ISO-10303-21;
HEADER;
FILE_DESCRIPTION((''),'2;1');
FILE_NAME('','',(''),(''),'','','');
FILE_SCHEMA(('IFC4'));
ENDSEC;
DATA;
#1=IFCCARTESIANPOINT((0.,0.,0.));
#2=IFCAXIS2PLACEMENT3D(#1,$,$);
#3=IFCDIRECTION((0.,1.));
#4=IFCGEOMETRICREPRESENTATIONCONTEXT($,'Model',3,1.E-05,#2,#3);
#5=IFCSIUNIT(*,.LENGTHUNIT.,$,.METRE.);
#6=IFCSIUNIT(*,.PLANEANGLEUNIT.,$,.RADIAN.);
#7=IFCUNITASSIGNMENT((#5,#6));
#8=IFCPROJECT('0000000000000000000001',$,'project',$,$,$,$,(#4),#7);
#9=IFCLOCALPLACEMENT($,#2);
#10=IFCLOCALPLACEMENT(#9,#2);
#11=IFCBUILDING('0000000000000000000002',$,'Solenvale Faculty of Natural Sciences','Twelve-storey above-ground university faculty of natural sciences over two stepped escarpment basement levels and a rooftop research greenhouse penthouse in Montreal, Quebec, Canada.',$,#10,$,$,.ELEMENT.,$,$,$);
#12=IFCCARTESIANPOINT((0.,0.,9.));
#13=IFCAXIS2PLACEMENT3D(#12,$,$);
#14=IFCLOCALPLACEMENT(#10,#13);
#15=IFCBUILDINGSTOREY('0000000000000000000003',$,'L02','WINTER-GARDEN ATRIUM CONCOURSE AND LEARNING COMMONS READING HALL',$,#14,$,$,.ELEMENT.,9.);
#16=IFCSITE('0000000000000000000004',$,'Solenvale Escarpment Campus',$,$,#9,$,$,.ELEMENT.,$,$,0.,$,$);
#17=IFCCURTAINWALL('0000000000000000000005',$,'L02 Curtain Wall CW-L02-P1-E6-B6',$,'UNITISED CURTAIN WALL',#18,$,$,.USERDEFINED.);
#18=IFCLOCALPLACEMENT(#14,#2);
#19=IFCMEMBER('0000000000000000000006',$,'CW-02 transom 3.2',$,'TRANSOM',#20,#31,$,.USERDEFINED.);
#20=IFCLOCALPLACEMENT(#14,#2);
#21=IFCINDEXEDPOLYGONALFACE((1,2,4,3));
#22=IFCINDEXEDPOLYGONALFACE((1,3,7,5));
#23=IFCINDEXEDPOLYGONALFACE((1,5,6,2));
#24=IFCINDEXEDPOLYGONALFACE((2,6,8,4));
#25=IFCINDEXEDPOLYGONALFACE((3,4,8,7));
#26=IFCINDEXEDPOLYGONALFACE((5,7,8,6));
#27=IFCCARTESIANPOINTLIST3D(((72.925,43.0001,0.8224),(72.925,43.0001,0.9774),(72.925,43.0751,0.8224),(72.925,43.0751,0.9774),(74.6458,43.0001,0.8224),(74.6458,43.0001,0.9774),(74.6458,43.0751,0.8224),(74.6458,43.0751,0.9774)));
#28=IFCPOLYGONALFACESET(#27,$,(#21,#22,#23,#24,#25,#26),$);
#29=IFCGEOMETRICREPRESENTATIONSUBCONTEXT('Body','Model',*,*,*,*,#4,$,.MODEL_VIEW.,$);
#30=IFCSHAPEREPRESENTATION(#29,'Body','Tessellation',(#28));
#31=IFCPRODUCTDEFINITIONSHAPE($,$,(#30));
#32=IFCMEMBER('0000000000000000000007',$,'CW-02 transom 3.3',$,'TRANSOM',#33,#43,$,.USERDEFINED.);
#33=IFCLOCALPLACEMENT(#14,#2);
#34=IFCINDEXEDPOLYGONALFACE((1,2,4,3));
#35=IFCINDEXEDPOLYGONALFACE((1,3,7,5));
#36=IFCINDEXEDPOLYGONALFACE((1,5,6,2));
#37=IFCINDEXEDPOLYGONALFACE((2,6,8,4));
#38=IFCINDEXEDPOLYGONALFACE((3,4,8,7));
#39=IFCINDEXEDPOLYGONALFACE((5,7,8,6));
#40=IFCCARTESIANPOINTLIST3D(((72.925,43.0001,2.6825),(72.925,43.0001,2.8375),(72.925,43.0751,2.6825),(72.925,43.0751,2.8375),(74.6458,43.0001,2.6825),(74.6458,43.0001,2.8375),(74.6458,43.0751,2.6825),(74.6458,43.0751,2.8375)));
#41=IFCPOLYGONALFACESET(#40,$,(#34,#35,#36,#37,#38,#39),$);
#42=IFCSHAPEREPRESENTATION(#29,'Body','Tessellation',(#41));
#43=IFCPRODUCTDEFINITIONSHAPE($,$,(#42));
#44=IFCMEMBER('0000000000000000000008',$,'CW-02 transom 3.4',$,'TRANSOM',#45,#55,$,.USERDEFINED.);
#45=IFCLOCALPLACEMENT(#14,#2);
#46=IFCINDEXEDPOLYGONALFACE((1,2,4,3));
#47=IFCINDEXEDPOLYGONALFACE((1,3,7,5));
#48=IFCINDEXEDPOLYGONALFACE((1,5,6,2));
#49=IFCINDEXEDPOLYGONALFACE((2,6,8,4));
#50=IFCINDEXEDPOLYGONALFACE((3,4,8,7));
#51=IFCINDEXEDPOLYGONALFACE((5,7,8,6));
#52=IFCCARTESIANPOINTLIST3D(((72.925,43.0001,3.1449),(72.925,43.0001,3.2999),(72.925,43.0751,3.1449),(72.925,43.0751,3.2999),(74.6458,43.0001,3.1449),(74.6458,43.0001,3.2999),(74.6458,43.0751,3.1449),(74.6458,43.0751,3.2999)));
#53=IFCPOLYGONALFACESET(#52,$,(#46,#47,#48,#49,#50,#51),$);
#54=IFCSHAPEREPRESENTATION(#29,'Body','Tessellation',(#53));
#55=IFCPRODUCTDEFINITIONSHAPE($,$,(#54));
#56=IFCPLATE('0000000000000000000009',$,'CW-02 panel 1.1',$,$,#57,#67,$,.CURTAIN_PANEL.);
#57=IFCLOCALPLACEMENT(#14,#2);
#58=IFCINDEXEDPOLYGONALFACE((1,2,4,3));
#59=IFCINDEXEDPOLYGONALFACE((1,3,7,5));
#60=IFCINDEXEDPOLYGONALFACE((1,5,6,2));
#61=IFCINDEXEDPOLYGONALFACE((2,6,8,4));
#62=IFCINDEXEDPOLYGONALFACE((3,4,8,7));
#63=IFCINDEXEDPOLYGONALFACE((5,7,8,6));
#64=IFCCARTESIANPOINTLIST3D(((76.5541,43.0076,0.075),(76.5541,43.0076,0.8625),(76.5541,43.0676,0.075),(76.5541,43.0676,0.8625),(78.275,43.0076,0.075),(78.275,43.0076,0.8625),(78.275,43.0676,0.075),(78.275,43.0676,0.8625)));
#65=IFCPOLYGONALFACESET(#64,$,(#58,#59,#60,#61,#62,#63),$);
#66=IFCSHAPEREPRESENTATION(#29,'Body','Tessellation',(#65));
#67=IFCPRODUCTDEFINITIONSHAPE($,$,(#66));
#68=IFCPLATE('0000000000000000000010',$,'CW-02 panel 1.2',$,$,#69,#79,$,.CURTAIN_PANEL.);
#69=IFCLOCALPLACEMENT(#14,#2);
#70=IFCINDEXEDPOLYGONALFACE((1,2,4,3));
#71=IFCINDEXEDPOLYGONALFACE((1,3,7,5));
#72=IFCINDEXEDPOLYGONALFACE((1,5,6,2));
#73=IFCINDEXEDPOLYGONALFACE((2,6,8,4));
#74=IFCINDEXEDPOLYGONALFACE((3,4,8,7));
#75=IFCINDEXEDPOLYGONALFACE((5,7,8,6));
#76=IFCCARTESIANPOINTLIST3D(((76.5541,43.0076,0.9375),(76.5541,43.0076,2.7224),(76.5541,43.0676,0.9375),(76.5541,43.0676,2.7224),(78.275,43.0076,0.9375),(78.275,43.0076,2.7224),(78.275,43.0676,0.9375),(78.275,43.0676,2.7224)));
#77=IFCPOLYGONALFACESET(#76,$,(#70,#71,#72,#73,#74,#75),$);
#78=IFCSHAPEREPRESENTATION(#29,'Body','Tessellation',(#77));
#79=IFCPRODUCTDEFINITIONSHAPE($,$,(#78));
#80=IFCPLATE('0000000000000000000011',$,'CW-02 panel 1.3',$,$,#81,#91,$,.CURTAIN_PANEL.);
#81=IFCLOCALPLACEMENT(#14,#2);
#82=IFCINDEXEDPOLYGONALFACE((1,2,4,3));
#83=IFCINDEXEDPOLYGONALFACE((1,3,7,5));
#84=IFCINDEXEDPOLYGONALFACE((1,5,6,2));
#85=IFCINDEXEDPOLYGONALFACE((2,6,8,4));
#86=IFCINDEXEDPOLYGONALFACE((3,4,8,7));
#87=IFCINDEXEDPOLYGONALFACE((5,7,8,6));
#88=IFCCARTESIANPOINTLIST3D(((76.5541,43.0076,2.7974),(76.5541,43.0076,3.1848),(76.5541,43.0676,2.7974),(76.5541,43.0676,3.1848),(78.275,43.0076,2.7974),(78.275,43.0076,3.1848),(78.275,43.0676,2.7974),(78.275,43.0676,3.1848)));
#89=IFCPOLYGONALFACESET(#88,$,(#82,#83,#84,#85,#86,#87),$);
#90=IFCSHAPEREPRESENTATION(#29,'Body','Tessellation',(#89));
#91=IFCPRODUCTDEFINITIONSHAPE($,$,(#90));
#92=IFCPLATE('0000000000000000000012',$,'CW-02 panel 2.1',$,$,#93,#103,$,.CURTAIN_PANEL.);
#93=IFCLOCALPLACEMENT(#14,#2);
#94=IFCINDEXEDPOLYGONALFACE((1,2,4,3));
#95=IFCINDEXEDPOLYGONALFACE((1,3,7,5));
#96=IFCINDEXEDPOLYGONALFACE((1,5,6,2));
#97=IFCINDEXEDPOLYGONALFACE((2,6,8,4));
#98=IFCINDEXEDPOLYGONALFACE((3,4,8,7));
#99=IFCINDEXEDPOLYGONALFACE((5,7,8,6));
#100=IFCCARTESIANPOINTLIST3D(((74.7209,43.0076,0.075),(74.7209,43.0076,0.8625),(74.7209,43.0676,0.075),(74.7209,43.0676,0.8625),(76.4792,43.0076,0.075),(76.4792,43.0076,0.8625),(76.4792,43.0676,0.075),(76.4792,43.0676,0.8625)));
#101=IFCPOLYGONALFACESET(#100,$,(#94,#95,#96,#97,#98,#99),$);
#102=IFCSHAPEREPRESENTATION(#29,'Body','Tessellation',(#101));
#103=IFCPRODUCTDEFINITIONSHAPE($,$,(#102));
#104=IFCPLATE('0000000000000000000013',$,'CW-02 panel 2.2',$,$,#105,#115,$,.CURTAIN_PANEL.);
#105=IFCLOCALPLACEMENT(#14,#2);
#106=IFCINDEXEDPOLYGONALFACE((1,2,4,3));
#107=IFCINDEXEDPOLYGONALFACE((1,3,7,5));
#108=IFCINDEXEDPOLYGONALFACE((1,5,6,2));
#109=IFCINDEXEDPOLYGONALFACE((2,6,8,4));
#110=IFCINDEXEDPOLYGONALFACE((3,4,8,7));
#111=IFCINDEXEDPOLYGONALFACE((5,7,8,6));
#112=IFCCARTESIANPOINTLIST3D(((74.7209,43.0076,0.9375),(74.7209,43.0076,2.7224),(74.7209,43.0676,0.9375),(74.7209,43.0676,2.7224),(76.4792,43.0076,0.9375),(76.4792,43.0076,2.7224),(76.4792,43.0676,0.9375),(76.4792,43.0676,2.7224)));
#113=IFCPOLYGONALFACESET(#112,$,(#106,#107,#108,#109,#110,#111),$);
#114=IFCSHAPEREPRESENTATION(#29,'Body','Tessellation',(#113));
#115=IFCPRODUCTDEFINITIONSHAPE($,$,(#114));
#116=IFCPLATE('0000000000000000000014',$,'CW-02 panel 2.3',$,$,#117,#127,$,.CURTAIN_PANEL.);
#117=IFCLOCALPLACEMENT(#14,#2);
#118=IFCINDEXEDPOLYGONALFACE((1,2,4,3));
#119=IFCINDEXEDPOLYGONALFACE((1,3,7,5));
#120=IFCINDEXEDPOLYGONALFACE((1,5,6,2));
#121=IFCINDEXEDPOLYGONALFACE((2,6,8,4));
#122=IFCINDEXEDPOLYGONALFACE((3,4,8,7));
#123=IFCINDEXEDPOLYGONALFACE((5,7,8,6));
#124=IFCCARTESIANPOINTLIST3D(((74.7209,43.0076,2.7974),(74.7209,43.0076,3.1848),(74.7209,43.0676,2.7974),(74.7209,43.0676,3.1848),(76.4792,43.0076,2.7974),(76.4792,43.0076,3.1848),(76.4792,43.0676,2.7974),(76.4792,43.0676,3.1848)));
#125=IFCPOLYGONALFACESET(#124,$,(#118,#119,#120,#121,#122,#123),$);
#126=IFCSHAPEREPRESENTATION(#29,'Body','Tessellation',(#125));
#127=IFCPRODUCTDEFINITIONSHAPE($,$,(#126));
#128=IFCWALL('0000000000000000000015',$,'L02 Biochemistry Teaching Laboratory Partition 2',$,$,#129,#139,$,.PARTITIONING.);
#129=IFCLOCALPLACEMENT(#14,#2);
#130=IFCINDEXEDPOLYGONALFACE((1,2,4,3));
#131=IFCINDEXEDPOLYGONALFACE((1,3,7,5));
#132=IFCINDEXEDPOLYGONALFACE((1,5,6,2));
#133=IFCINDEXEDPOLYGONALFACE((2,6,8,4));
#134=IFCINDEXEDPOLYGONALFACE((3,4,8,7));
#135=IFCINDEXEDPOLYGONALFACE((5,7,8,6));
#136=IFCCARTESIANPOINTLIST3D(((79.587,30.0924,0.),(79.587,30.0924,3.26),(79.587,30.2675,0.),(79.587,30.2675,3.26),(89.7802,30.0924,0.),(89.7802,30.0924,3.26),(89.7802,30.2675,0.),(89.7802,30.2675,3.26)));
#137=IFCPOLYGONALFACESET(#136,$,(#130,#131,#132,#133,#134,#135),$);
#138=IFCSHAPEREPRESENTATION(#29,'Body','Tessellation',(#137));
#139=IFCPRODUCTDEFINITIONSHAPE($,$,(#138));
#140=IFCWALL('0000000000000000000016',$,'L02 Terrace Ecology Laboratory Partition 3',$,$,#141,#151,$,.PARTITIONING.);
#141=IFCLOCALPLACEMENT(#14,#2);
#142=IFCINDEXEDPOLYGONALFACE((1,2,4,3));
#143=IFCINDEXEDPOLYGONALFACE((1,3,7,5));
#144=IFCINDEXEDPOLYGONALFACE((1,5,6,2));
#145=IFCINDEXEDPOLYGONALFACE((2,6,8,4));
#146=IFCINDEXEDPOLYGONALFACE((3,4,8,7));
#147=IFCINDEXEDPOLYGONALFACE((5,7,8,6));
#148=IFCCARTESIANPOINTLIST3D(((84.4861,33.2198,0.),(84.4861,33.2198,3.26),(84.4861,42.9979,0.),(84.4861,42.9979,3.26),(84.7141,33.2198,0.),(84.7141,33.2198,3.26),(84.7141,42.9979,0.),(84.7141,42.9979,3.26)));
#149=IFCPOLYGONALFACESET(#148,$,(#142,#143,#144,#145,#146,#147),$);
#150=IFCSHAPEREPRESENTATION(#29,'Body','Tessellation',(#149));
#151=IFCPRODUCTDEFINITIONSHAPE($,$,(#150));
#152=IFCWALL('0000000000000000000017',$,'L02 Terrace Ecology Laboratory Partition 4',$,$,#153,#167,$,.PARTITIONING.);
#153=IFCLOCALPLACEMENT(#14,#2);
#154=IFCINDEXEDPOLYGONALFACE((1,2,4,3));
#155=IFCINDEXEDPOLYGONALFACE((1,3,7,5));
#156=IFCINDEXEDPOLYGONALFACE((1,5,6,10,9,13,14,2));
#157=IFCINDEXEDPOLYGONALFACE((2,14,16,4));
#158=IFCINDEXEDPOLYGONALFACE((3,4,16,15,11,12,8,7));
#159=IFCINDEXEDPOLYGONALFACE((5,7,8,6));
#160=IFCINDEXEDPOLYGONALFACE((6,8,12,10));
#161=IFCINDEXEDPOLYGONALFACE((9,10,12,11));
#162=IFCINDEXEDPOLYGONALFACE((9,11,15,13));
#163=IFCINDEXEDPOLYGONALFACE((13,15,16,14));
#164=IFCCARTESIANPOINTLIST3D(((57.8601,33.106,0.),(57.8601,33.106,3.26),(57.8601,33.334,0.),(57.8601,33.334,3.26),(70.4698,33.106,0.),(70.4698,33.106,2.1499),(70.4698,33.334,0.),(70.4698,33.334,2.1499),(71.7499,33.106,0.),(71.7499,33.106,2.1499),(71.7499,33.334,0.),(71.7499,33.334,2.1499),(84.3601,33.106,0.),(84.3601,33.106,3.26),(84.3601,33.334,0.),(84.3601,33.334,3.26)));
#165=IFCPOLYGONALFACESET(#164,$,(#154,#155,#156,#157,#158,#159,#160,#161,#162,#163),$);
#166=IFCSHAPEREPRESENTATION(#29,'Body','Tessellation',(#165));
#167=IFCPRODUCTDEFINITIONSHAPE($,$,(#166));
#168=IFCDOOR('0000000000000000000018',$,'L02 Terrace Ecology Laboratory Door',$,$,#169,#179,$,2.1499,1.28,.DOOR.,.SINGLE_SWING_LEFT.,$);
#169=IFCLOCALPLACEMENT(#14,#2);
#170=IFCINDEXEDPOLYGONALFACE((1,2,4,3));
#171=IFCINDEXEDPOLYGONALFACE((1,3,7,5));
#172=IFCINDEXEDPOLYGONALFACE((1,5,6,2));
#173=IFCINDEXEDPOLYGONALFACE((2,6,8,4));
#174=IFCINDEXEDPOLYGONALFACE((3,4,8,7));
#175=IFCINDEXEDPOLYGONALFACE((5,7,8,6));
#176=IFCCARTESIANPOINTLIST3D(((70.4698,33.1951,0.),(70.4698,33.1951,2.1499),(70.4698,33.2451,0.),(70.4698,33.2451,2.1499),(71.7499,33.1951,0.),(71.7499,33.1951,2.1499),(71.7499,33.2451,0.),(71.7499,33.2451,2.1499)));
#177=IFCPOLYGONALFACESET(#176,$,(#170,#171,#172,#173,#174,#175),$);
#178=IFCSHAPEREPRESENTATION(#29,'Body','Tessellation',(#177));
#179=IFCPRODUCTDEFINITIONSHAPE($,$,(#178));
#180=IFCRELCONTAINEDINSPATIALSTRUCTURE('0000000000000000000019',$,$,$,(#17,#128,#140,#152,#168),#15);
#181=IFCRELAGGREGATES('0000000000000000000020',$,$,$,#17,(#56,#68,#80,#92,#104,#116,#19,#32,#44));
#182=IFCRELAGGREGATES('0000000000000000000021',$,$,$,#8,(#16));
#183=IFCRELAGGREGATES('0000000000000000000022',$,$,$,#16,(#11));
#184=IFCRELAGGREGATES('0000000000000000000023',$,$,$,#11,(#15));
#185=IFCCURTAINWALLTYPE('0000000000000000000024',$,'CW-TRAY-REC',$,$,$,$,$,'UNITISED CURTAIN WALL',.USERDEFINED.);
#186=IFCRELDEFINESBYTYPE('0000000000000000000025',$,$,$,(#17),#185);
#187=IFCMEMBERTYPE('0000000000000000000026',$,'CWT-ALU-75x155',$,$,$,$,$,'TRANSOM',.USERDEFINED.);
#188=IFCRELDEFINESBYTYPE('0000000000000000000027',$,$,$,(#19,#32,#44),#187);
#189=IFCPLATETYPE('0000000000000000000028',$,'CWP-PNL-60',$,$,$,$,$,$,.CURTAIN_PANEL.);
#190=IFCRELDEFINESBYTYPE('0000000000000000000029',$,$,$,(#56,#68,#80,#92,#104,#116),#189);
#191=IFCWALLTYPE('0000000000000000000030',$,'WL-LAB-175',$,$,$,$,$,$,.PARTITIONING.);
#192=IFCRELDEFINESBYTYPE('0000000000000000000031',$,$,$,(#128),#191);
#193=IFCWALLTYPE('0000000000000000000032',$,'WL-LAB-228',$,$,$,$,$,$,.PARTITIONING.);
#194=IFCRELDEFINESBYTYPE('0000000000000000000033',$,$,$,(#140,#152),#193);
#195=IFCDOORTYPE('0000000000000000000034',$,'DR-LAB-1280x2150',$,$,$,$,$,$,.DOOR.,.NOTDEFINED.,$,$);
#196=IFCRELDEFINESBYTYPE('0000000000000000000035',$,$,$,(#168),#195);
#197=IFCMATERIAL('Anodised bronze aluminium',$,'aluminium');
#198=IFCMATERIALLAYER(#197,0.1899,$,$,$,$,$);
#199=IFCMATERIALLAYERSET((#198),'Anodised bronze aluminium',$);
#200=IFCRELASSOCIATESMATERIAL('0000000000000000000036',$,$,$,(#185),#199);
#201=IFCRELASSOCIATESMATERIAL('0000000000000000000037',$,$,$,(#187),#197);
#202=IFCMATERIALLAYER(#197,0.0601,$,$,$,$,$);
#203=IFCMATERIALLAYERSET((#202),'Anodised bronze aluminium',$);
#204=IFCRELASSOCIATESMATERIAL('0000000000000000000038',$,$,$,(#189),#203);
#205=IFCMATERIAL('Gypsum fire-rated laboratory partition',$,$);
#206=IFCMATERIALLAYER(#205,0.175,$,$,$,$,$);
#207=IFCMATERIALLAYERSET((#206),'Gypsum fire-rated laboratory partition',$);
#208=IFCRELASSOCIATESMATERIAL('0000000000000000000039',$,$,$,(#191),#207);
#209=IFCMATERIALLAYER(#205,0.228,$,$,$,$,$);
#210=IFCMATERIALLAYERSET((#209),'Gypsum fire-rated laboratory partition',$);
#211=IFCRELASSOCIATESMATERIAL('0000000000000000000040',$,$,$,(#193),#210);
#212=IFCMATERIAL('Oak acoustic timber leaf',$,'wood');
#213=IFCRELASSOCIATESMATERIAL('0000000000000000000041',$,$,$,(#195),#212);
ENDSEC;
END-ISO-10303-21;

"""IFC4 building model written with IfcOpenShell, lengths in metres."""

from ifc_helpers import new_model, si_unit, direction, frame, frame_2d, origin, origin_2d, place, context, subcontext, project, spatial, rectangle, extrude, material, layer, layer_set, material_profile, profile_set, type_object, element, fill, aggregate, save


model = new_model("IFC4")

# Units and contexts
model_context = context("Model", 3, precision=1e-05, world=origin(), true_north=direction((0.0, 1.0)))
body_context = subcontext(model_context, "Body", "Model", "MODEL_VIEW")
ifc_project = project(units=[si_unit("LENGTHUNIT", "METRE"), si_unit("PLANEANGLEUNIT", "RADIAN")], contexts=[model_context])

# Site, building, storey
site_placement = place(None, origin())
site = spatial("IfcSite", under=ifc_project, at=site_placement, Name="Solenvale Escarpment Campus", CompositionType="ELEMENT", RefElevation=0.0)
building_placement = place(site_placement, origin())
building = spatial("IfcBuilding", under=site, at=building_placement, Name="Solenvale Faculty of Natural Sciences", Description="Twelve-storey above-ground university faculty of natural sciences over two stepped escarpment basement levels and a rooftop research greenhouse penthouse in Montreal, Quebec, Canada.", CompositionType="ELEMENT")
storey_placement = place(building_placement, frame((0.0, 0.0, 9.0)))
storey = spatial("IfcBuildingStorey", under=building, at=storey_placement, Name="L02", Description="WINTER-GARDEN ATRIUM CONCOURSE AND LEARNING COMMONS READING HALL", CompositionType="ELEMENT", Elevation=9.0)

# Curtain wall, members, plates
ifc_material_1 = material(Name="Anodised bronze aluminium", Category="aluminium")
ifc_layer_1 = layer(ifc_material_1, 0.1899)
ifc_layer_set_1 = layer_set([ifc_layer_1], Name="Anodised bronze aluminium")
curtain_wall_type = type_object("IfcCurtainWallType", Name="CW-TRAY-REC", ElementType="UNITISED CURTAIN WALL", PredefinedType="USERDEFINED", material=ifc_layer_set_1)
curtain_wall_placement = place(storey_placement, origin())
curtain_wall = element("IfcCurtainWall", 1, at=curtain_wall_placement, inside=storey, type_object=curtain_wall_type, Name="L02 Curtain Wall CW-L02-P1-E6-B6", ObjectType="UNITISED CURTAIN WALL", PredefinedType="USERDEFINED")
ifc_material_profile_1 = material_profile(ifc_material_1, rectangle(XDim=0.075, YDim=0.155, at=origin_2d()), Name="ALU-TRN-75x155")
ifc_profile_set_1 = profile_set([ifc_material_profile_1], Name="Anodised bronze aluminium")
member_type_1 = type_object("IfcMemberType", Name="CWT-ALU-75x155", ElementType="TRANSOM", PredefinedType="USERDEFINED", material=ifc_profile_set_1)
member_1_placement = place(storey_placement, frame((74.6458, 43.0376, 0.8999), z_axis=(-1.0, 0.0, 0.0), x_axis=(0.0, -1.0, 0.0)))
member_1 = element("IfcMember", 2, at=member_1_placement, type_object=member_type_1, Name="CW-02 transom 3.2", ObjectType="TRANSOM", PredefinedType="USERDEFINED", context=body_context, shape_type="SweptSolid", body=[
    extrude(rectangle(XDim=0.075, YDim=0.155, at=origin_2d()), origin(), (0.0, 0.0, 1.0), 1.7207),
])
member_2_placement = place(storey_placement, frame((74.6458, 43.0376, 2.76), z_axis=(-1.0, 0.0, 0.0), x_axis=(0.0, -1.0, 0.0)))
member_2 = element("IfcMember", 3, at=member_2_placement, type_object=member_type_1, Name="CW-02 transom 3.3", ObjectType="TRANSOM", PredefinedType="USERDEFINED", context=body_context, shape_type="SweptSolid", body=[
    extrude(rectangle(XDim=0.075, YDim=0.155, at=origin_2d()), origin(), (0.0, 0.0, 1.0), 1.7207),
])
member_3_placement = place(storey_placement, frame((74.6458, 43.0376, 3.2224), z_axis=(-1.0, 0.0, 0.0), x_axis=(0.0, -1.0, 0.0)))
member_3 = element("IfcMember", 4, at=member_3_placement, type_object=member_type_1, Name="CW-02 transom 3.4", ObjectType="TRANSOM", PredefinedType="USERDEFINED", context=body_context, shape_type="SweptSolid", body=[
    extrude(rectangle(XDim=0.075, YDim=0.155, at=origin_2d()), origin(), (0.0, 0.0, 1.0), 1.7207),
])
ifc_layer_2 = layer(ifc_material_1, 0.0601)
ifc_layer_set_2 = layer_set([ifc_layer_2], Name="Anodised bronze aluminium")
plate_type = type_object("IfcPlateType", Name="CWP-PNL-60", PredefinedType="CURTAIN_PANEL", material=ifc_layer_set_2)
plate_1_placement = place(storey_placement, frame((77.4146, 43.0376, 0.075), z_axis=(0.0, 0.0, 1.0), x_axis=(-1.0, 0.0, 0.0)))
plate_1 = element("IfcPlate", 5, at=plate_1_placement, type_object=plate_type, Name="CW-02 panel 1.1", PredefinedType="CURTAIN_PANEL", context=body_context, shape_type="SweptSolid", body=[
    extrude(rectangle(XDim=1.7209, YDim=0.0601, at=origin_2d()), origin(), (0.0, 0.0, 1.0), 0.7876),
])
plate_2_placement = place(storey_placement, frame((77.4146, 43.0376, 0.9375), z_axis=(0.0, 0.0, 1.0), x_axis=(-1.0, 0.0, 0.0)))
plate_2 = element("IfcPlate", 6, at=plate_2_placement, type_object=plate_type, Name="CW-02 panel 1.2", PredefinedType="CURTAIN_PANEL", context=body_context, shape_type="SweptSolid", body=[
    extrude(rectangle(XDim=1.7209, YDim=0.0601, at=origin_2d()), origin(), (0.0, 0.0, 1.0), 1.7849),
])
plate_3_placement = place(storey_placement, frame((77.4146, 43.0376, 2.7974), z_axis=(0.0, 0.0, 1.0), x_axis=(-1.0, 0.0, 0.0)))
plate_3 = element("IfcPlate", 7, at=plate_3_placement, type_object=plate_type, Name="CW-02 panel 1.3", PredefinedType="CURTAIN_PANEL", context=body_context, shape_type="SweptSolid", body=[
    extrude(rectangle(XDim=1.7209, YDim=0.0601, at=origin_2d()), origin(), (0.0, 0.0, 1.0), 0.3875),
])
plate_4_placement = place(storey_placement, frame((75.6001, 43.0376, 0.075), z_axis=(0.0, 0.0, 1.0), x_axis=(-1.0, 0.0, 0.0)))
plate_4 = element("IfcPlate", 8, at=plate_4_placement, type_object=plate_type, Name="CW-02 panel 2.1", PredefinedType="CURTAIN_PANEL", context=body_context, shape_type="SweptSolid", body=[
    extrude(rectangle(XDim=1.7583, YDim=0.0601, at=origin_2d()), origin(), (0.0, 0.0, 1.0), 0.7876),
])
plate_5_placement = place(storey_placement, frame((75.6001, 43.0376, 0.9375), z_axis=(0.0, 0.0, 1.0), x_axis=(-1.0, 0.0, 0.0)))
plate_5 = element("IfcPlate", 9, at=plate_5_placement, type_object=plate_type, Name="CW-02 panel 2.2", PredefinedType="CURTAIN_PANEL", context=body_context, shape_type="SweptSolid", body=[
    extrude(rectangle(XDim=1.7583, YDim=0.0601, at=origin_2d()), origin(), (0.0, 0.0, 1.0), 1.7849),
])
plate_6_placement = place(storey_placement, frame((75.6001, 43.0376, 2.7974), z_axis=(0.0, 0.0, 1.0), x_axis=(-1.0, 0.0, 0.0)))
plate_6 = element("IfcPlate", 10, at=plate_6_placement, type_object=plate_type, Name="CW-02 panel 2.3", PredefinedType="CURTAIN_PANEL", context=body_context, shape_type="SweptSolid", body=[
    extrude(rectangle(XDim=1.7583, YDim=0.0601, at=origin_2d()), origin(), (0.0, 0.0, 1.0), 0.3875),
])
aggregate(curtain_wall, [plate_1, plate_2, plate_3, plate_4, plate_5, plate_6, member_1, member_2, member_3])

# Walls
ifc_material_2 = material(Name="Gypsum fire-rated laboratory partition")
ifc_layer_3 = layer(ifc_material_2, 0.175)
ifc_layer_set_3 = layer_set([ifc_layer_3], Name="Gypsum fire-rated laboratory partition")
wall_type_1 = type_object("IfcWallType", Name="WL-LAB-175", PredefinedType="PARTITIONING", material=ifc_layer_set_3)
wall_1_placement = place(storey_placement, frame((79.5869, 30.1799, 0.0), z_axis=(0.0, 0.0, 1.0), x_axis=(1.0, 0.0, 0.0)))
element("IfcWall", 11, at=wall_1_placement, inside=storey, type_object=wall_type_1, Name="L02 Biochemistry Teaching Laboratory Partition 2", PredefinedType="PARTITIONING", context=body_context, shape_type="SweptSolid", body=[
    extrude(rectangle(XDim=10.1931, YDim=0.175, at=frame_2d((5.0967, 0.0))), origin(), (0.0, 0.0, 1.0), 3.26),
])
ifc_layer_4 = layer(ifc_material_2, 0.228)
ifc_layer_set_4 = layer_set([ifc_layer_4], Name="Gypsum fire-rated laboratory partition")
wall_type_2 = type_object("IfcWallType", Name="WL-LAB-228", PredefinedType="PARTITIONING", material=ifc_layer_set_4)
wall_2_placement = place(storey_placement, frame((84.6001, 42.998, 0.0), z_axis=(0.0, 0.0, 1.0), x_axis=(0.0, -1.0, 0.0)))
element("IfcWall", 12, at=wall_2_placement, inside=storey, type_object=wall_type_2, Name="L02 Terrace Ecology Laboratory Partition 3", PredefinedType="PARTITIONING", context=body_context, shape_type="SweptSolid", body=[
    extrude(rectangle(XDim=9.7781, YDim=0.228, at=frame_2d((4.8892, 0.0))), origin(), (0.0, 0.0, 1.0), 3.26),
])

# Wall, opening, door
wall_3_placement = place(storey_placement, frame((84.3601, 33.22, 0.0), z_axis=(0.0, 0.0, 1.0), x_axis=(-1.0, 0.0, 0.0)))
wall_3 = element("IfcWall", 13, at=wall_3_placement, inside=storey, type_object=wall_type_2, Name="L02 Terrace Ecology Laboratory Partition 4", PredefinedType="PARTITIONING", context=body_context, shape_type="SweptSolid", body=[
    extrude(rectangle(XDim=26.5, YDim=0.228, at=frame_2d((13.25, 0.0))), origin(), (0.0, 0.0, 1.0), 3.26),
])
opening_1_placement = place(wall_3_placement, frame((12.6101, 0.0, 0.0)))
opening_1 = element("IfcOpeningElement", 14, at=opening_1_placement, cuts=wall_3, PredefinedType="OPENING", context=body_context, shape_type="SweptSolid", body=[
    extrude(rectangle(XDim=1.28, YDim=2.1499, at=frame_2d((0.6401, 1.075))), frame((0.0, 0.124, 0.0), z_axis=(0.0, -1.0, 0.0), x_axis=(1.0, 0.0, 0.0)), (0.0, 0.0, 1.0), 0.248),
])
ifc_material_3 = material(Name="Oak acoustic timber leaf", Category="wood")
door_type_1 = type_object("IfcDoorType", Name="DR-LAB-1280x2150", OperationType="NOTDEFINED", PredefinedType="DOOR", material=ifc_material_3)
door_1_placement = place(opening_1_placement, origin())
door_1 = element("IfcDoor", 15, at=door_1_placement, inside=storey, type_object=door_type_1, Name="L02 Terrace Ecology Laboratory Door", OperationType="SINGLE_SWING_LEFT", OverallHeight=2.1499, OverallWidth=1.28, PredefinedType="DOOR", context=body_context, shape_type="SweptSolid", body=[
    extrude(rectangle(XDim=1.28, YDim=2.1499, at=frame_2d((0.6401, 1.075))), frame((0.0, 0.0249, 0.0), z_axis=(0.0, -1.0, 0.0), x_axis=(1.0, 0.0, 0.0)), (0.0, 0.0, 1.0), 0.05),
])
fill(opening_1, door_1)

save(model, "model.ifc")
